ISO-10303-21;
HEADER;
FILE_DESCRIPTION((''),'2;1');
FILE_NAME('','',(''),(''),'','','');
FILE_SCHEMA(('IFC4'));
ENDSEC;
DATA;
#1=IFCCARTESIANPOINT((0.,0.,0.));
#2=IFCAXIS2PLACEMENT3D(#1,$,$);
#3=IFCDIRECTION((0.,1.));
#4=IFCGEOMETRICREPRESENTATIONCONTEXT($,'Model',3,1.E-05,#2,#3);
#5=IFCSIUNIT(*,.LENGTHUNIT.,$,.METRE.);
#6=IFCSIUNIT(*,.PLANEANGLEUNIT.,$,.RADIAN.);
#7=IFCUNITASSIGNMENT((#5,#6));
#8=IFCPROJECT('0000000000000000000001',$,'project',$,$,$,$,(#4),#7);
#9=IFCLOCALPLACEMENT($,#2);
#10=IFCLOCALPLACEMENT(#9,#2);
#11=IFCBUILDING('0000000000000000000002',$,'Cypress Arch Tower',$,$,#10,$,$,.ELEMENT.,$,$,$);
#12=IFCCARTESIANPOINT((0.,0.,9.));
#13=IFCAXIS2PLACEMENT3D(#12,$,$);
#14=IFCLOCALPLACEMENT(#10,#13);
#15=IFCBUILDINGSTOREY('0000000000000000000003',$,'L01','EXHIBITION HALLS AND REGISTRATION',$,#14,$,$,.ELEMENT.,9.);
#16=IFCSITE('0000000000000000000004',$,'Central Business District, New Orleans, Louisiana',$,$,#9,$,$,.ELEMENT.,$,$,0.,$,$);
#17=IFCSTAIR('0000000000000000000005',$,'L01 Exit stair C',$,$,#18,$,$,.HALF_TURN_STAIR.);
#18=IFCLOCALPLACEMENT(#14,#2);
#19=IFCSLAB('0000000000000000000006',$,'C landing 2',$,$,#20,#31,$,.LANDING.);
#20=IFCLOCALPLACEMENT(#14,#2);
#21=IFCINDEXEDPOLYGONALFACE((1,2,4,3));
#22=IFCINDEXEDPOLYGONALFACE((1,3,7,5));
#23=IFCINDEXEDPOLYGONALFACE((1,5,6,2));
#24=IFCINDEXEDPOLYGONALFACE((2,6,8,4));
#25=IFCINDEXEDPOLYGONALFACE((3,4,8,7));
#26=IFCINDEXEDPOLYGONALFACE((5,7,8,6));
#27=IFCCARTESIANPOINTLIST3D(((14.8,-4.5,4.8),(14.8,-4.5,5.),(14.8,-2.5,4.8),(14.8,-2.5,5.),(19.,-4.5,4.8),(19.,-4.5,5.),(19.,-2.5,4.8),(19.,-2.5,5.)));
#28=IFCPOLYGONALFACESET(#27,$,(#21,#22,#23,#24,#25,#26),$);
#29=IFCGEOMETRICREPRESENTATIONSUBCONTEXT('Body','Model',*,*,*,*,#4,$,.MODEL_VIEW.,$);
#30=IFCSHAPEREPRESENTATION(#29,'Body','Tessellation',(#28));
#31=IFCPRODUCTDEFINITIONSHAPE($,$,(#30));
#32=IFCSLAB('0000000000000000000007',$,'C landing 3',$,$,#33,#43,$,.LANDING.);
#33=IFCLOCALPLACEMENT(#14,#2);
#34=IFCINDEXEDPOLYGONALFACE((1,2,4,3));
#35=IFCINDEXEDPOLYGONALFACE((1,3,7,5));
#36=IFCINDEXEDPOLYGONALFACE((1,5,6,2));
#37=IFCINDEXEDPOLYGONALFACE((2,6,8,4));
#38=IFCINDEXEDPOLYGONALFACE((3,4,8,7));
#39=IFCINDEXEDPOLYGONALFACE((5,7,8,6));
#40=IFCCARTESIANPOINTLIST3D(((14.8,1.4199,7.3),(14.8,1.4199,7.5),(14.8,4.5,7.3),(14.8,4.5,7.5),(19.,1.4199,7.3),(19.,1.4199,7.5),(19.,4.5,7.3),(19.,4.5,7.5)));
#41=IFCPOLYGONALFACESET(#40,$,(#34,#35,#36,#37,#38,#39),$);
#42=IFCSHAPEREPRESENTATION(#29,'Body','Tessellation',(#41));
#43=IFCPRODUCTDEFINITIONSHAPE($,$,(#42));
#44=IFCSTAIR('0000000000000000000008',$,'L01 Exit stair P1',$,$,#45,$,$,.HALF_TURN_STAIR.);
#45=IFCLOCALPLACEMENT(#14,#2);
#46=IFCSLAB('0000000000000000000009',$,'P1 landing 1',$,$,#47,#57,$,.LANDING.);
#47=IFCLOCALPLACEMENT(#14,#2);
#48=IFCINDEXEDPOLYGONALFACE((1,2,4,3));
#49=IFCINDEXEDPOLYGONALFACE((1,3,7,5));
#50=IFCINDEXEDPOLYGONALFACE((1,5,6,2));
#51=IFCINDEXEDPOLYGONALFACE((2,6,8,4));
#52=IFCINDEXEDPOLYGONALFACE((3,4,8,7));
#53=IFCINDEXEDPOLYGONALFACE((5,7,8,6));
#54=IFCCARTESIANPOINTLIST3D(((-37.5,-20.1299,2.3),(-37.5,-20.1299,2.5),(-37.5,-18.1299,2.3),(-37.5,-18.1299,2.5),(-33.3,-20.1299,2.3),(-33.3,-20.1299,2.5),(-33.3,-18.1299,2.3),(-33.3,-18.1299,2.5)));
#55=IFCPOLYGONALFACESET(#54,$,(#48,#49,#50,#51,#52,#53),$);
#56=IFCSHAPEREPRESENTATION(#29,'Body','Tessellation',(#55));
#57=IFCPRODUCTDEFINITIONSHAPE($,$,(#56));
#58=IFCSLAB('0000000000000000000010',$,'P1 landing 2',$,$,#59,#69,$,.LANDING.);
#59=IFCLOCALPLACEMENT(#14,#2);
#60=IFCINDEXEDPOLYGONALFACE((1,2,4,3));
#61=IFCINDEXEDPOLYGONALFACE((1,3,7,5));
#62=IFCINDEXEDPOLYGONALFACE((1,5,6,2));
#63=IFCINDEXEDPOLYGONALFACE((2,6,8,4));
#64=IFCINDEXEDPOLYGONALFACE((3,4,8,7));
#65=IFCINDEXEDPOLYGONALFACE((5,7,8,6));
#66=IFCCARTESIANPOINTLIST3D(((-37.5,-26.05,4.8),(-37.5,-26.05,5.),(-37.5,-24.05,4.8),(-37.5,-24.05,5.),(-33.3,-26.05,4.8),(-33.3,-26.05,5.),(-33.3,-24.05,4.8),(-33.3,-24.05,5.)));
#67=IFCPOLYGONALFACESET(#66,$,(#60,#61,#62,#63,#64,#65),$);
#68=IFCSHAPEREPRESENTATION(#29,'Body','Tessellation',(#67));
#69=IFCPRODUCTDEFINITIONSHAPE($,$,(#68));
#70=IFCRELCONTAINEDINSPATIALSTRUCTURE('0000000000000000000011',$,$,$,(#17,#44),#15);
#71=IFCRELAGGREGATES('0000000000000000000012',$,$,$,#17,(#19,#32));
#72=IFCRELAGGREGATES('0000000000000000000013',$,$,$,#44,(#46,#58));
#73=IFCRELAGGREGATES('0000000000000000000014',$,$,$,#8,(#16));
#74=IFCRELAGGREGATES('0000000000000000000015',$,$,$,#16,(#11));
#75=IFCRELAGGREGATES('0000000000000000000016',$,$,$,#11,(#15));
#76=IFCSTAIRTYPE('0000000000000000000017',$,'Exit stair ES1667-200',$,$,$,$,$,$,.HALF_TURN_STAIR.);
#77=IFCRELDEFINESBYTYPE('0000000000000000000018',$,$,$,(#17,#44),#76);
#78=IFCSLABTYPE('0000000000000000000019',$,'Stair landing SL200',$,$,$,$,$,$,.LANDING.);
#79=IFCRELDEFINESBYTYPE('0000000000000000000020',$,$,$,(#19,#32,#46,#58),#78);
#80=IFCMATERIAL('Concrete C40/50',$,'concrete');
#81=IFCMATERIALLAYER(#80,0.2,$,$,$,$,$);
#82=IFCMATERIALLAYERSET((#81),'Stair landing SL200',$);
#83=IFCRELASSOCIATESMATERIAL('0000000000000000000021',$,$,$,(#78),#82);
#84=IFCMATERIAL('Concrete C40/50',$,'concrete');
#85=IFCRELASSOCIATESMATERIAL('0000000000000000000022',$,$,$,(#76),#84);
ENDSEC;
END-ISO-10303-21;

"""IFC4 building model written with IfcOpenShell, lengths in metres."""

from ifc_helpers import new_model, si_unit, direction, frame, origin, place, context, subcontext, project, spatial, polyline, outline, extrude, material, layer, layer_set, type_object, element, aggregate, save


model = new_model("IFC4")

# Units and contexts
model_context = context("Model", 3, precision=1e-05, world=origin(), true_north=direction((0.0, 1.0)))
body_context = subcontext(model_context, "Body", "Model", "MODEL_VIEW")
ifc_project = project(units=[si_unit("LENGTHUNIT", "METRE"), si_unit("PLANEANGLEUNIT", "RADIAN")], contexts=[model_context])

# Site, building, storey
site_placement = place(None, origin())
site = spatial("IfcSite", under=ifc_project, at=site_placement, Name="Central Business District, New Orleans, Louisiana", CompositionType="ELEMENT", RefElevation=0.0)
building_placement = place(site_placement, origin())
building = spatial("IfcBuilding", under=site, at=building_placement, Name="Cypress Arch Tower", CompositionType="ELEMENT")
storey_placement = place(building_placement, frame((0.0, 0.0, 9.0)))
storey = spatial("IfcBuildingStorey", under=building, at=storey_placement, Name="L01", Description="EXHIBITION HALLS AND REGISTRATION", CompositionType="ELEMENT", Elevation=9.0)

# Stairs, slabs
ifc_material_1 = material(Name="Concrete C40/50", Category="concrete")
ifc_layer_1 = layer(ifc_material_1, 0.2)
ifc_layer_set_1 = layer_set([ifc_layer_1], Name="Stair landing SL200")
slab_type_1 = type_object("IfcSlabType", Name="Stair landing SL200", PredefinedType="LANDING", material=ifc_layer_set_1)
ifc_material_2 = material(Name="Concrete C40/50", Category="concrete")
stair_type_1 = type_object("IfcStairType", Name="Exit stair ES1667-200", PredefinedType="HALF_TURN_STAIR", material=ifc_material_2)
stair_1_placement = place(storey_placement, origin())
stair_1 = element("IfcStair", 1, at=stair_1_placement, inside=storey, type_object=stair_type_1, Name="L01 Exit stair C", PredefinedType="HALF_TURN_STAIR")
slab_1_placement = place(storey_placement, frame((0.0, 0.0, 4.8)))
slab_1 = element("IfcSlab", 2, at=slab_1_placement, type_object=slab_type_1, Name="C landing 2", PredefinedType="LANDING", context=body_context, shape_type="SweptSolid", body=[
    extrude(outline(polyline([(19.0, -4.5), (19.0, -2.5), (14.8, -2.5), (14.8, -4.5), (19.0, -4.5)])), origin(), (0.0, 0.0, 1.0), 0.2),
])
slab_2_placement = place(storey_placement, frame((0.0, 0.0, 7.3)))
slab_2 = element("IfcSlab", 3, at=slab_2_placement, type_object=slab_type_1, Name="C landing 3", PredefinedType="LANDING", context=body_context, shape_type="SweptSolid", body=[
    extrude(outline(polyline([(19.0, 1.4199), (19.0, 4.5), (14.8, 4.5), (14.8, 1.4199), (19.0, 1.4199)])), origin(), (0.0, 0.0, 1.0), 0.2),
])
aggregate(stair_1, [slab_1, slab_2])
stair_2_placement = place(storey_placement, origin())
stair_2 = element("IfcStair", 4, at=stair_2_placement, inside=storey, type_object=stair_type_1, Name="L01 Exit stair P1", PredefinedType="HALF_TURN_STAIR")
slab_3_placement = place(storey_placement, frame((0.0, 0.0, 2.3)))
slab_3 = element("IfcSlab", 5, at=slab_3_placement, type_object=slab_type_1, Name="P1 landing 1", PredefinedType="LANDING", context=body_context, shape_type="SweptSolid", body=[
    extrude(outline(polyline([(-33.3, -20.1299), (-33.3, -18.1299), (-37.5, -18.1299), (-37.5, -20.1299), (-33.3, -20.1299)])), origin(), (0.0, 0.0, 1.0), 0.2),
])
slab_4_placement = place(storey_placement, frame((0.0, 0.0, 4.8)))
slab_4 = element("IfcSlab", 6, at=slab_4_placement, type_object=slab_type_1, Name="P1 landing 2", PredefinedType="LANDING", context=body_context, shape_type="SweptSolid", body=[
    extrude(outline(polyline([(-33.3, -26.05), (-33.3, -24.05), (-37.5, -24.05), (-37.5, -26.05), (-33.3, -26.05)])), origin(), (0.0, 0.0, 1.0), 0.2),
])
aggregate(stair_2, [slab_3, slab_4])

save(model, "model.ifc")
